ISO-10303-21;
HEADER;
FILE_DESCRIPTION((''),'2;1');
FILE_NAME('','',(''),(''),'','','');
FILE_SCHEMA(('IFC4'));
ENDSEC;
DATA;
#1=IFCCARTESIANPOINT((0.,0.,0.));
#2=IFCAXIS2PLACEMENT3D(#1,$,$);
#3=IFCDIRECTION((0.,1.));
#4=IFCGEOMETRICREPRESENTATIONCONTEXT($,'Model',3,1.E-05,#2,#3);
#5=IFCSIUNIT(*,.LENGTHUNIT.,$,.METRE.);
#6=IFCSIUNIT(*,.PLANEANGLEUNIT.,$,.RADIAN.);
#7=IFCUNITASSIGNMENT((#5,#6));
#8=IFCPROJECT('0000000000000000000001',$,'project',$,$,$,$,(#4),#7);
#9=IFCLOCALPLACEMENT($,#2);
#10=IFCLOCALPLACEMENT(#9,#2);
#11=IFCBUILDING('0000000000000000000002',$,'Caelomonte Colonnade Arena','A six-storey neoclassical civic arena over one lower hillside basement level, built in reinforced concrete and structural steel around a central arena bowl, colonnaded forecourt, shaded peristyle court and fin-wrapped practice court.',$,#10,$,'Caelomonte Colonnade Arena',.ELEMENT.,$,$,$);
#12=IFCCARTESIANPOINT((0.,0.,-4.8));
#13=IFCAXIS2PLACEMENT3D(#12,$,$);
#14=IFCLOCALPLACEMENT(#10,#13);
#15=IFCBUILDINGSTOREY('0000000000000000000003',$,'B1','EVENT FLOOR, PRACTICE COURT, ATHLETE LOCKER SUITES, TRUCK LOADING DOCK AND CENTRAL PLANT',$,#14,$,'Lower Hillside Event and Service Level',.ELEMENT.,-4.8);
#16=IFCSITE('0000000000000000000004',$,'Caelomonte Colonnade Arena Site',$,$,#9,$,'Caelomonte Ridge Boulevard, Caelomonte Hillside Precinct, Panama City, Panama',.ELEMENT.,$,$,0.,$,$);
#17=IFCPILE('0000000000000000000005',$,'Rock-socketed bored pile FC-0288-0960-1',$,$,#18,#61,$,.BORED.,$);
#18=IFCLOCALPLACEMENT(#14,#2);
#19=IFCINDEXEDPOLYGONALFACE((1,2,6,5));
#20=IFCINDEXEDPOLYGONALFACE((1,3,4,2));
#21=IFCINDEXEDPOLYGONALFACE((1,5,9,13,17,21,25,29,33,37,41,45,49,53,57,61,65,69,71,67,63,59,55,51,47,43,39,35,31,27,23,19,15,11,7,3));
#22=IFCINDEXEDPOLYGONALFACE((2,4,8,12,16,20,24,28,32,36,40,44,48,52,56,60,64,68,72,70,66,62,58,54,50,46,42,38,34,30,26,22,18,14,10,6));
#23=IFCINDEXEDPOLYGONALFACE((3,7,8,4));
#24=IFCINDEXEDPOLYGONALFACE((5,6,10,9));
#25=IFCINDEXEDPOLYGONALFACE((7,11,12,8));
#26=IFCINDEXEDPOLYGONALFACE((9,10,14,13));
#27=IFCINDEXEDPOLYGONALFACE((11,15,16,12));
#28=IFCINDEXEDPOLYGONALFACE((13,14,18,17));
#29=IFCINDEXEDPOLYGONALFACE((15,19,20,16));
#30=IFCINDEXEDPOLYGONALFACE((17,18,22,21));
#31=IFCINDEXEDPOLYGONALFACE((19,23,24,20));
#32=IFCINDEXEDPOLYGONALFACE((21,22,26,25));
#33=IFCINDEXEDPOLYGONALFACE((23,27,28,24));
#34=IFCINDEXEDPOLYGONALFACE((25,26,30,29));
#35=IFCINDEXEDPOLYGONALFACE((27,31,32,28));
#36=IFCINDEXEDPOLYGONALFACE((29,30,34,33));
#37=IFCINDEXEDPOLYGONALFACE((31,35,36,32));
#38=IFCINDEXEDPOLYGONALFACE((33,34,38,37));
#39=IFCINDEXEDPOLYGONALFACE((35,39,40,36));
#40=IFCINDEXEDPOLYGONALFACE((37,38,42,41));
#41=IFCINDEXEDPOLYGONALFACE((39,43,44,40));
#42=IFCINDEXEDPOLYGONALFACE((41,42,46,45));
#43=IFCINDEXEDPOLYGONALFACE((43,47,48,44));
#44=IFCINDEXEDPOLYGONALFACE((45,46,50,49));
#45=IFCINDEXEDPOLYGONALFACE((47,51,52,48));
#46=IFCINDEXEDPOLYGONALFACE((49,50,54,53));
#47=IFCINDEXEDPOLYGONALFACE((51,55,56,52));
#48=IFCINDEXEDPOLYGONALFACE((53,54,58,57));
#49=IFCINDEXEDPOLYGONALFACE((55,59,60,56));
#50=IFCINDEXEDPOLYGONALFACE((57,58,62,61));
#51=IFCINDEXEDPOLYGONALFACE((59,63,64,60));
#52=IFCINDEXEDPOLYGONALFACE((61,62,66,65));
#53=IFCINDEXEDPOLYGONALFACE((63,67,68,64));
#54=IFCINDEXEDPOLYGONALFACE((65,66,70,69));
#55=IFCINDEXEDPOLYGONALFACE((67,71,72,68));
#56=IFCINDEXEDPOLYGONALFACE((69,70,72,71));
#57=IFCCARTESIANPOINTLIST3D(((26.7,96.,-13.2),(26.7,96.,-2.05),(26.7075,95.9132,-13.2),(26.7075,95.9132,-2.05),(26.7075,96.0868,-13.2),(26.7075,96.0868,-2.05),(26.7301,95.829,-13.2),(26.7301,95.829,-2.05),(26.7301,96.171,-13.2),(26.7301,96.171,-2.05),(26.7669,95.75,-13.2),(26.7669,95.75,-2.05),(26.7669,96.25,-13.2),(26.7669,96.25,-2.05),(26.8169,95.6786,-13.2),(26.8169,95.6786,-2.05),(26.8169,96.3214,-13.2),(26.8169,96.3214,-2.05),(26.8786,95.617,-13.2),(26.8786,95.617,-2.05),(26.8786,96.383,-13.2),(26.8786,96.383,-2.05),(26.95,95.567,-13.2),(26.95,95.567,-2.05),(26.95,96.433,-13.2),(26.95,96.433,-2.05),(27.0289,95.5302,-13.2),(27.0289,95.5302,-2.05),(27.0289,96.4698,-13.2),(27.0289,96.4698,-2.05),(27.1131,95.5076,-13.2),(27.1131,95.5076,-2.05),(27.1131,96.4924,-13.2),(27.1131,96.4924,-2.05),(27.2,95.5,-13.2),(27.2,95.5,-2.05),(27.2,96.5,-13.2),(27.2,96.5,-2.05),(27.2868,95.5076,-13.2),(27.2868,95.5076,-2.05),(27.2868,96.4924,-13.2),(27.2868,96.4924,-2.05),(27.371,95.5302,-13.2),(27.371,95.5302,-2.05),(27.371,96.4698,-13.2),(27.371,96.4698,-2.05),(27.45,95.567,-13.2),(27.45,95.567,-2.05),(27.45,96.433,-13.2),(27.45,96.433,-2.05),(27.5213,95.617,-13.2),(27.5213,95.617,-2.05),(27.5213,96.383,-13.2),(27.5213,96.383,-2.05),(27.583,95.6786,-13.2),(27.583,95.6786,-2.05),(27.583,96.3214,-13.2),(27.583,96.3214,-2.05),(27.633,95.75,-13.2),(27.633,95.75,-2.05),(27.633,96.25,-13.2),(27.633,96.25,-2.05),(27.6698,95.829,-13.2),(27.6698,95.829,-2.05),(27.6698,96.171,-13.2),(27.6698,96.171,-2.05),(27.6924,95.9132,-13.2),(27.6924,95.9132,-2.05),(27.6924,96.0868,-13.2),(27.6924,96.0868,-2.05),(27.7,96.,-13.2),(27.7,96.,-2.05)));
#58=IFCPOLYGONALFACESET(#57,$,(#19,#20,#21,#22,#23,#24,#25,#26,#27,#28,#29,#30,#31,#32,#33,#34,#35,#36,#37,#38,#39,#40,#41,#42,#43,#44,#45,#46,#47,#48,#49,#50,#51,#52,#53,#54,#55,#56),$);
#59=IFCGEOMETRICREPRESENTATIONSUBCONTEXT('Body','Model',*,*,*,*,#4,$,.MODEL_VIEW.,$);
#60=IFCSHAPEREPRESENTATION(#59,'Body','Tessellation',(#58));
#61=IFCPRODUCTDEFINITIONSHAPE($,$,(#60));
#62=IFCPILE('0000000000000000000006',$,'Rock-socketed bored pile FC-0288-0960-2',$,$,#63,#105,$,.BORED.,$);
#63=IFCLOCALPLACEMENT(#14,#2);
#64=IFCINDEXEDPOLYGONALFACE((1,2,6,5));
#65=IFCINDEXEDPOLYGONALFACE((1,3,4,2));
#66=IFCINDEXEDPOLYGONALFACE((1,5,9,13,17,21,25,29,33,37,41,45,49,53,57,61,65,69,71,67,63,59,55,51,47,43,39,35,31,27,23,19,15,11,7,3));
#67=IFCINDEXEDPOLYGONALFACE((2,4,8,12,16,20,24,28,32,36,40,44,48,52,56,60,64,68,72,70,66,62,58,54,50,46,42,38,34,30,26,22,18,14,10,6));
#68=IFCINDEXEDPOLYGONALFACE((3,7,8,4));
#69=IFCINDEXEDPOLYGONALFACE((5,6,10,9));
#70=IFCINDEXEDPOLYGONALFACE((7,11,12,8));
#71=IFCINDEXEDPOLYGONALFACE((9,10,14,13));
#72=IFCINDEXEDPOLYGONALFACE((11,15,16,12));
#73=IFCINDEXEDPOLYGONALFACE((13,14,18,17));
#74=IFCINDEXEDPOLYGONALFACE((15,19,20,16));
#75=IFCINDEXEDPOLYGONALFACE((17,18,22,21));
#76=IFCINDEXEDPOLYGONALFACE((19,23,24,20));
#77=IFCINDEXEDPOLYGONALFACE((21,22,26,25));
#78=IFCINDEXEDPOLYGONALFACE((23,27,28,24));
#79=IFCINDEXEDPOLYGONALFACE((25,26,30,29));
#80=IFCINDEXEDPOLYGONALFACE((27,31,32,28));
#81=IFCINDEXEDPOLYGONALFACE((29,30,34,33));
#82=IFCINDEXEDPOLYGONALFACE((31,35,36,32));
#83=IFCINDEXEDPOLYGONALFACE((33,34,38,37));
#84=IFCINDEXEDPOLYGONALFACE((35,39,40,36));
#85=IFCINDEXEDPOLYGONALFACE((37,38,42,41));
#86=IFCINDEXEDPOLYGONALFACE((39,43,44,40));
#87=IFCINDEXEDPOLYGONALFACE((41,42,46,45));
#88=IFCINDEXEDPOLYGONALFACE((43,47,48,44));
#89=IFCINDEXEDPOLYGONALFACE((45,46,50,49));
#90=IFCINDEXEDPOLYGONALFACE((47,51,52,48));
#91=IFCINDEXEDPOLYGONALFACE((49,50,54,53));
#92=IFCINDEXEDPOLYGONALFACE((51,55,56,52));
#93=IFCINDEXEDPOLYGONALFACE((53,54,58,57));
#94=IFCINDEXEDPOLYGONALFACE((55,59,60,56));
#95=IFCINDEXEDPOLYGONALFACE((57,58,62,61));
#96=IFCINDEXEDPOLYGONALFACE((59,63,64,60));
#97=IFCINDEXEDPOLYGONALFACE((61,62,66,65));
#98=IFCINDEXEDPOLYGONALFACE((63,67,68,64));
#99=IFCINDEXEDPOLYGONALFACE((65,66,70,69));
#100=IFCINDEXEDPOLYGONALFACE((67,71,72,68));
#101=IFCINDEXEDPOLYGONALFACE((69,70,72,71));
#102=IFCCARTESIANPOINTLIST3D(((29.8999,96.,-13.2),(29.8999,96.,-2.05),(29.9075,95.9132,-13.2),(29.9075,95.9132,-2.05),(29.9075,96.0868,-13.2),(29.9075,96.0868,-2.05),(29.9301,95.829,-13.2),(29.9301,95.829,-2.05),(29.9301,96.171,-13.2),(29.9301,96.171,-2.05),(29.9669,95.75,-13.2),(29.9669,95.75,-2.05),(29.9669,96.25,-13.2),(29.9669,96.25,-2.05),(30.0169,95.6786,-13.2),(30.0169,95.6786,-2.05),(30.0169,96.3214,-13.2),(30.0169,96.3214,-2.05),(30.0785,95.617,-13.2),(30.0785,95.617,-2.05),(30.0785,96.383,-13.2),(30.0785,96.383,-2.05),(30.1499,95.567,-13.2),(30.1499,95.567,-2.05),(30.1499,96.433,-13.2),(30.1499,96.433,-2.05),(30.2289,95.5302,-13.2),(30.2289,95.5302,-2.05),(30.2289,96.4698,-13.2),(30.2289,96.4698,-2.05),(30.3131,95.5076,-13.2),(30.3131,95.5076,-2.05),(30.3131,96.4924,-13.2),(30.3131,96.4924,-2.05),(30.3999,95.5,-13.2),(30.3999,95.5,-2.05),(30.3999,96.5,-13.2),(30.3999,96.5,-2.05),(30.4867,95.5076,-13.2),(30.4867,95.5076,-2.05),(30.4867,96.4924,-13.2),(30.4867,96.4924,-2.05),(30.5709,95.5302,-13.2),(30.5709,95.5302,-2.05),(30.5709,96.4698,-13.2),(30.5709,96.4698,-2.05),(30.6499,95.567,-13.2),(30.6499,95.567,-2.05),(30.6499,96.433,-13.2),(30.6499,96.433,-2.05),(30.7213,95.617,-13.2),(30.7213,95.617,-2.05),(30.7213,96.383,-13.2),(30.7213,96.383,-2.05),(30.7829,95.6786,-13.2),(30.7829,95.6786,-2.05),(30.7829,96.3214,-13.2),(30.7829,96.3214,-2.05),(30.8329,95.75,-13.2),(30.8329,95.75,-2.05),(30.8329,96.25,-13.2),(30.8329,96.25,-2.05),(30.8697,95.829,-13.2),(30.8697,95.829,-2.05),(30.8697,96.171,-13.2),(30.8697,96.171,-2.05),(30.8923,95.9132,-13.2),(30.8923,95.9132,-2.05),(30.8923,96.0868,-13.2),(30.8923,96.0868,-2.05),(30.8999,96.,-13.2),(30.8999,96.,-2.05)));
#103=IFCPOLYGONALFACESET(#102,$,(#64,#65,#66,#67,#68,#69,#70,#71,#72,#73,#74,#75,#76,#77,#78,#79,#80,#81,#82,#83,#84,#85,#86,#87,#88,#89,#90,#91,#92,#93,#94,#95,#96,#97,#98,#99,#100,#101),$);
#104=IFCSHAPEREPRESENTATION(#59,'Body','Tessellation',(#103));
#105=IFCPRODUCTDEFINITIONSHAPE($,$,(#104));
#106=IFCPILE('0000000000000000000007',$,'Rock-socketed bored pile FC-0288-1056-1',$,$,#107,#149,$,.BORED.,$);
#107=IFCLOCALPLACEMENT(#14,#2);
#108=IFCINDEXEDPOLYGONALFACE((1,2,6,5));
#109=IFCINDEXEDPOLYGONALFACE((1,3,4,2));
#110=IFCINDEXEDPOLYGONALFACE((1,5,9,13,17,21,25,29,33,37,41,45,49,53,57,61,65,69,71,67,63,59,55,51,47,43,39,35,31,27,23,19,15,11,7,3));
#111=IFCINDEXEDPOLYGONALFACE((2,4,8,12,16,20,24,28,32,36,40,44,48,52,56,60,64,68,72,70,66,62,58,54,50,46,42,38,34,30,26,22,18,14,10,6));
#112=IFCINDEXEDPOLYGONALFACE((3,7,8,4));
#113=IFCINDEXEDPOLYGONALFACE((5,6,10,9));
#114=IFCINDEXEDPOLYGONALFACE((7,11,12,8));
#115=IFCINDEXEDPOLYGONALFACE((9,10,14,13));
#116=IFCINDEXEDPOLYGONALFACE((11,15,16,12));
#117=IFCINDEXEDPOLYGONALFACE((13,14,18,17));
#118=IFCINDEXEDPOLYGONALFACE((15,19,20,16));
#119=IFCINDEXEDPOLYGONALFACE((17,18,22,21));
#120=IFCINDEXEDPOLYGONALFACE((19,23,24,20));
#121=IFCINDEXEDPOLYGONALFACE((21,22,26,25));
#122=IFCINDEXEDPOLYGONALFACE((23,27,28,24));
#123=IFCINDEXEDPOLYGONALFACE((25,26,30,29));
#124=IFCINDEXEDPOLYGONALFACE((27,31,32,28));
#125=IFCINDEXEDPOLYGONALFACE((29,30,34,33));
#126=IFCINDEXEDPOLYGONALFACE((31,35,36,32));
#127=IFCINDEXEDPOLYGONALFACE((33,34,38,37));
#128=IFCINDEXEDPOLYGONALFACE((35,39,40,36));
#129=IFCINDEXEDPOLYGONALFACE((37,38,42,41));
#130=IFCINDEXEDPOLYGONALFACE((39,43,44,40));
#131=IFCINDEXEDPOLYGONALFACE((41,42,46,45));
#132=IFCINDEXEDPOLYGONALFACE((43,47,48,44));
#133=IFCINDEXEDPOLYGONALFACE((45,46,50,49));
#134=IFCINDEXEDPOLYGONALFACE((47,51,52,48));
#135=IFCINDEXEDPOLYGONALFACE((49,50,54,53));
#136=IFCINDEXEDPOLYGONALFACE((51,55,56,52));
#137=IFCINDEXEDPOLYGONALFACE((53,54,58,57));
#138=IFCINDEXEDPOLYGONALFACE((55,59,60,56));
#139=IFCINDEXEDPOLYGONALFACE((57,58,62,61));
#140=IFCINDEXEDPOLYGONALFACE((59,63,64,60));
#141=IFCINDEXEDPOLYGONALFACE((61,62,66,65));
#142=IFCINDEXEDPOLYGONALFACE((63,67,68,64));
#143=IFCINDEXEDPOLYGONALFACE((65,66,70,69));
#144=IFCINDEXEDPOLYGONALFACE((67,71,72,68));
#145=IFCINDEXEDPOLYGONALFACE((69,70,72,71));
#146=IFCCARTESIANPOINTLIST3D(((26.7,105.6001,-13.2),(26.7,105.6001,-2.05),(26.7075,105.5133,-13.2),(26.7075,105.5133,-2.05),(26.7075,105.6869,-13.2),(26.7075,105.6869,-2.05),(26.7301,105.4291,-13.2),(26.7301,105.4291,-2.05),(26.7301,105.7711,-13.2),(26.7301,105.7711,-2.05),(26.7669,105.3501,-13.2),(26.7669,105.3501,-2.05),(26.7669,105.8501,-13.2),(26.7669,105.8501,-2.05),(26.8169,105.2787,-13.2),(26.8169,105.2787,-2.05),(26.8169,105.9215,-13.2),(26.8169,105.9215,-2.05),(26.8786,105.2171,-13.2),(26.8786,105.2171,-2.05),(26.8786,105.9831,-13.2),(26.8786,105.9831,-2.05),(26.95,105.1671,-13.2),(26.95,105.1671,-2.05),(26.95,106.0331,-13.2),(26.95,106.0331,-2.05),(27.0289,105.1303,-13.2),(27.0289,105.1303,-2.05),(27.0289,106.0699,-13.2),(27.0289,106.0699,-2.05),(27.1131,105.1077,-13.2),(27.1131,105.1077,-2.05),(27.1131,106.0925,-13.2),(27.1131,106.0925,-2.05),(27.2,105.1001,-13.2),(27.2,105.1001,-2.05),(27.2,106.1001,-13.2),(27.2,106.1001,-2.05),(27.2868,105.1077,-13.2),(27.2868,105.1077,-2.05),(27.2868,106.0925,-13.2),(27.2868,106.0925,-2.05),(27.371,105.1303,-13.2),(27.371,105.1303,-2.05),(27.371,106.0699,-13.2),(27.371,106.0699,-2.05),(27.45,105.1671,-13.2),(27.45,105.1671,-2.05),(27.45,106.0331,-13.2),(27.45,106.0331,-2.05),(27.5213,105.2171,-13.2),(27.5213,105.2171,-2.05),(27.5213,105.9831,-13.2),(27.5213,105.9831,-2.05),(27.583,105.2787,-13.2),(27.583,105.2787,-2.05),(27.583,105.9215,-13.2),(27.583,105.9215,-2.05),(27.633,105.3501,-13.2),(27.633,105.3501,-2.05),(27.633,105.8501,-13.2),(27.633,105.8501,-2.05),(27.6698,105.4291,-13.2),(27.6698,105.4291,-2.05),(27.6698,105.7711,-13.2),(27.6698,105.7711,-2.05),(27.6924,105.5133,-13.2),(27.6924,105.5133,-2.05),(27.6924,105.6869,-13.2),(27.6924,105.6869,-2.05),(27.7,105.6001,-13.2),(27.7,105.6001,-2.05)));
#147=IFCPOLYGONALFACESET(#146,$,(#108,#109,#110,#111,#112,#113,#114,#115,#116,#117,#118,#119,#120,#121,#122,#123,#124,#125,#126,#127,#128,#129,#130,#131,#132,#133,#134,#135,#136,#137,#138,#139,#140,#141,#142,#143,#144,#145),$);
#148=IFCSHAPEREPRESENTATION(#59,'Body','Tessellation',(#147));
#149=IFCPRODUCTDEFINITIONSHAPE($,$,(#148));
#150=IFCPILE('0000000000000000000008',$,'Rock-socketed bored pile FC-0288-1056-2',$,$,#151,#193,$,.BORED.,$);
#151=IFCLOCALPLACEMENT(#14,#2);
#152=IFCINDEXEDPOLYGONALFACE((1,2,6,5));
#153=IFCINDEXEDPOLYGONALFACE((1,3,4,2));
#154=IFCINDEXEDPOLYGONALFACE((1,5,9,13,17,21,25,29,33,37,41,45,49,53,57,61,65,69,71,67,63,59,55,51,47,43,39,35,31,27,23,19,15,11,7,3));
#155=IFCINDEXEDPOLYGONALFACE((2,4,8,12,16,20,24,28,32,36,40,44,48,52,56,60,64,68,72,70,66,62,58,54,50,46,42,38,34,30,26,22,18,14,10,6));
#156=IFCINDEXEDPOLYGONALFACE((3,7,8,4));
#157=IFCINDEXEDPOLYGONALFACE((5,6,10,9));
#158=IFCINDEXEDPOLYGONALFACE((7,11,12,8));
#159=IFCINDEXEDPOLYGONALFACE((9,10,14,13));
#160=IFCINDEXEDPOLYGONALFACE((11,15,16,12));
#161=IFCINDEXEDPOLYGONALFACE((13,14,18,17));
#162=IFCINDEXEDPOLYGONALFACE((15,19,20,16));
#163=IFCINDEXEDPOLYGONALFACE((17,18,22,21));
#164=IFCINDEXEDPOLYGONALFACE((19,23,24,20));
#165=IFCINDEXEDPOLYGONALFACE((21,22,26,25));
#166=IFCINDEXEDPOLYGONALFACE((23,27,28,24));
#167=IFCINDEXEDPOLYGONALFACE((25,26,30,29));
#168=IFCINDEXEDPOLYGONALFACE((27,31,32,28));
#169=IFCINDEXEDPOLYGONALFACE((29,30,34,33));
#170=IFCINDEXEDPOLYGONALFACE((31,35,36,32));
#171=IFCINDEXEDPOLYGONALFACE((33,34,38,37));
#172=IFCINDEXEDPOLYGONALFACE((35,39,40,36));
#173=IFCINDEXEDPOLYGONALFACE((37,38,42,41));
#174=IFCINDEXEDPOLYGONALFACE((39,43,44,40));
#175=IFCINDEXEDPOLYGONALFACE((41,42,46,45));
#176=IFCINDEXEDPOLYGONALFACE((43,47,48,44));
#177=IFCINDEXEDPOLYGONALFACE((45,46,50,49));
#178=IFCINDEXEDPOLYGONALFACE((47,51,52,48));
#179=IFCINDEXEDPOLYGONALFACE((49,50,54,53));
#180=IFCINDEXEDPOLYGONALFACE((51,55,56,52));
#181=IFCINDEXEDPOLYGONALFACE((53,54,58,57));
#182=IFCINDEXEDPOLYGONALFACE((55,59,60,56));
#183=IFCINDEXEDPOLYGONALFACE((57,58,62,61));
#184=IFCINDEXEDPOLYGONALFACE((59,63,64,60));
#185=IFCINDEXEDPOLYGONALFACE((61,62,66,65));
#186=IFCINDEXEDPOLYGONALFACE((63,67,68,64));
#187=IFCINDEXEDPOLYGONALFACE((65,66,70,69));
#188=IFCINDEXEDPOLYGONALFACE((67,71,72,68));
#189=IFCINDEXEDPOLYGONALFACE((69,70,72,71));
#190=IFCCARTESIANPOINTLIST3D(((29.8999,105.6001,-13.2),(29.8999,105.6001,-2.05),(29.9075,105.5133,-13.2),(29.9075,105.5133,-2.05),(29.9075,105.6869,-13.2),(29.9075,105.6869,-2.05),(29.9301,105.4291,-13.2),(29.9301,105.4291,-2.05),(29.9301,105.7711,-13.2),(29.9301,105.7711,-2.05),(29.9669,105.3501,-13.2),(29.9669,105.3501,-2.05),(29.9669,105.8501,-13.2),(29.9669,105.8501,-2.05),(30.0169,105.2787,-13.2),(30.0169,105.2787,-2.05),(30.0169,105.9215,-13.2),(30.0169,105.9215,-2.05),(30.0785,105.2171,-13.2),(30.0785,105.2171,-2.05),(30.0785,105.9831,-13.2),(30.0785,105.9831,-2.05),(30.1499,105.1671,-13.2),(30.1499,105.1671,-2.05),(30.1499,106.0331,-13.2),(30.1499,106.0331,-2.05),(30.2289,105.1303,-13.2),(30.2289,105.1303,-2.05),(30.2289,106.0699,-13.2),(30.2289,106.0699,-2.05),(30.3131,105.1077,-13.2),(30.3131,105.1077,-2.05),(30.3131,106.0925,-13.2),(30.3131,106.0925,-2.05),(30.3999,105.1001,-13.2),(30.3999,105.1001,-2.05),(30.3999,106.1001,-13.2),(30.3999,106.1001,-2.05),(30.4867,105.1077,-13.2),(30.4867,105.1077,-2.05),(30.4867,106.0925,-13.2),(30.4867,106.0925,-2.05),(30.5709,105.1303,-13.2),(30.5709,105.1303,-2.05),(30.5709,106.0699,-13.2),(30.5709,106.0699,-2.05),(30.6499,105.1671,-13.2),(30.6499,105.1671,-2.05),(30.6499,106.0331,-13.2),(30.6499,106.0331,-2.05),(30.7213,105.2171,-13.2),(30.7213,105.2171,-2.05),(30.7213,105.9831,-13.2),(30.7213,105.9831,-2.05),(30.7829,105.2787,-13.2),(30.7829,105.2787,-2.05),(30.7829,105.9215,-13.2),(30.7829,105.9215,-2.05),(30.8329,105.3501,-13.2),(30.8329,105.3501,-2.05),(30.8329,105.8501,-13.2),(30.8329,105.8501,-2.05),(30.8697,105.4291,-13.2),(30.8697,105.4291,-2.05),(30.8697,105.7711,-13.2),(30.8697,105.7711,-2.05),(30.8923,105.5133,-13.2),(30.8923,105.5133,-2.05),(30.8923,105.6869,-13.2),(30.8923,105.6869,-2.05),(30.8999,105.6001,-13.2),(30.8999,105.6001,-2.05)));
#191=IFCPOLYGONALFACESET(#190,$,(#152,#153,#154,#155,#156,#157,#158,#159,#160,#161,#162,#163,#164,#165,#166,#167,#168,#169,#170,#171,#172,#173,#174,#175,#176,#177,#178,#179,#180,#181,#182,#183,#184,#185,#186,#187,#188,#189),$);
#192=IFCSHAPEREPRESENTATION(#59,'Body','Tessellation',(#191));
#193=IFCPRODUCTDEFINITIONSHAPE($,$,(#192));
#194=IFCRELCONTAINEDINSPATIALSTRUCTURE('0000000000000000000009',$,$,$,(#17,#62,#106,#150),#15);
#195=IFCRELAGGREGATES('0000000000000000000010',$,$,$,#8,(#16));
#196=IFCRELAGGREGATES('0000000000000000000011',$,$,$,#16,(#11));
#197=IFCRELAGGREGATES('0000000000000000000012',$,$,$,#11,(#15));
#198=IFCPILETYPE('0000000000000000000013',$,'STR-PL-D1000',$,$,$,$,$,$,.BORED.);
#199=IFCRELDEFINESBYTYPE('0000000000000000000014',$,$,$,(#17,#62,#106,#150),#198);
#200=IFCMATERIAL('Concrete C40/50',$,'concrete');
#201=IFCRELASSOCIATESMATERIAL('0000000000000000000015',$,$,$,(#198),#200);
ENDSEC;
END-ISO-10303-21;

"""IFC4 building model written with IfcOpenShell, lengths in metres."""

from ifc_helpers import new_model, si_unit, direction, frame, origin, origin_2d, place, context, subcontext, project, spatial, circle, extrude, material, material_profile, profile_set, type_object, element, save


model = new_model("IFC4")

# Units and contexts
model_context = context("Model", 3, precision=1e-05, world=origin(), true_north=direction((0.0, 1.0)))
body_context = subcontext(model_context, "Body", "Model", "MODEL_VIEW")
ifc_project = project(units=[si_unit("LENGTHUNIT", "METRE"), si_unit("PLANEANGLEUNIT", "RADIAN")], contexts=[model_context])

# Site, building, storey
site_placement = place(None, origin())
site = spatial("IfcSite", under=ifc_project, at=site_placement, Name="Caelomonte Colonnade Arena Site", LongName="Caelomonte Ridge Boulevard, Caelomonte Hillside Precinct, Panama City, Panama", CompositionType="ELEMENT", RefElevation=0.0)
building_placement = place(site_placement, origin())
building = spatial("IfcBuilding", under=site, at=building_placement, Name="Caelomonte Colonnade Arena", Description="A six-storey neoclassical civic arena over one lower hillside basement level, built in reinforced concrete and structural steel around a central arena bowl, colonnaded forecourt, shaded peristyle court and fin-wrapped practice court.", LongName="Caelomonte Colonnade Arena", CompositionType="ELEMENT")
storey_placement = place(building_placement, frame((0.0, 0.0, -4.8)))
storey = spatial("IfcBuildingStorey", under=building, at=storey_placement, Name="B1", Description="EVENT FLOOR, PRACTICE COURT, ATHLETE LOCKER SUITES, TRUCK LOADING DOCK AND CENTRAL PLANT", LongName="Lower Hillside Event and Service Level", CompositionType="ELEMENT", Elevation=-4.8)

# Shared definitions
ifc_material_1 = material(Name="Concrete C40/50", Category="concrete")

# Piles
ifc_material_profile_1 = material_profile(ifc_material_1, circle(Radius=0.5, at=origin_2d()), Name="PILE-D1000")
ifc_profile_set_1 = profile_set([ifc_material_profile_1], Name="Concrete C40/50")
pile_type = type_object("IfcPileType", Name="STR-PL-D1000", PredefinedType="BORED", material=ifc_profile_set_1)
for number, where, z_axis, x_axis, name in (
    (1, (27.2, 96.0, -2.05), (0.0, 0.0, -1.0), (1.0, 0.0, 0.0), "Rock-socketed bored pile FC-0288-0960-1"),
    (2, (30.3999, 96.0, -2.05), (0.0, 0.0, -1.0), (1.0, 0.0, 0.0), "Rock-socketed bored pile FC-0288-0960-2"),
    (3, (27.2, 105.6001, -2.05), (0.0, 0.0, -1.0), (1.0, 0.0, 0.0), "Rock-socketed bored pile FC-0288-1056-1"),
    (4, (30.3999, 105.6001, -2.05), (0.0, 0.0, -1.0), (1.0, 0.0, 0.0), "Rock-socketed bored pile FC-0288-1056-2"),
):
    element("IfcPile", number, at=place(storey_placement, frame(where, z_axis=z_axis, x_axis=x_axis)), inside=storey, type_object=pile_type, Name=name, PredefinedType="BORED", context=body_context, shape_type="SweptSolid", body=[
        extrude(circle(Radius=0.5, at=origin_2d()), origin(), (0.0, 0.0, 1.0), 11.1499),
    ])

save(model, "model.ifc")
